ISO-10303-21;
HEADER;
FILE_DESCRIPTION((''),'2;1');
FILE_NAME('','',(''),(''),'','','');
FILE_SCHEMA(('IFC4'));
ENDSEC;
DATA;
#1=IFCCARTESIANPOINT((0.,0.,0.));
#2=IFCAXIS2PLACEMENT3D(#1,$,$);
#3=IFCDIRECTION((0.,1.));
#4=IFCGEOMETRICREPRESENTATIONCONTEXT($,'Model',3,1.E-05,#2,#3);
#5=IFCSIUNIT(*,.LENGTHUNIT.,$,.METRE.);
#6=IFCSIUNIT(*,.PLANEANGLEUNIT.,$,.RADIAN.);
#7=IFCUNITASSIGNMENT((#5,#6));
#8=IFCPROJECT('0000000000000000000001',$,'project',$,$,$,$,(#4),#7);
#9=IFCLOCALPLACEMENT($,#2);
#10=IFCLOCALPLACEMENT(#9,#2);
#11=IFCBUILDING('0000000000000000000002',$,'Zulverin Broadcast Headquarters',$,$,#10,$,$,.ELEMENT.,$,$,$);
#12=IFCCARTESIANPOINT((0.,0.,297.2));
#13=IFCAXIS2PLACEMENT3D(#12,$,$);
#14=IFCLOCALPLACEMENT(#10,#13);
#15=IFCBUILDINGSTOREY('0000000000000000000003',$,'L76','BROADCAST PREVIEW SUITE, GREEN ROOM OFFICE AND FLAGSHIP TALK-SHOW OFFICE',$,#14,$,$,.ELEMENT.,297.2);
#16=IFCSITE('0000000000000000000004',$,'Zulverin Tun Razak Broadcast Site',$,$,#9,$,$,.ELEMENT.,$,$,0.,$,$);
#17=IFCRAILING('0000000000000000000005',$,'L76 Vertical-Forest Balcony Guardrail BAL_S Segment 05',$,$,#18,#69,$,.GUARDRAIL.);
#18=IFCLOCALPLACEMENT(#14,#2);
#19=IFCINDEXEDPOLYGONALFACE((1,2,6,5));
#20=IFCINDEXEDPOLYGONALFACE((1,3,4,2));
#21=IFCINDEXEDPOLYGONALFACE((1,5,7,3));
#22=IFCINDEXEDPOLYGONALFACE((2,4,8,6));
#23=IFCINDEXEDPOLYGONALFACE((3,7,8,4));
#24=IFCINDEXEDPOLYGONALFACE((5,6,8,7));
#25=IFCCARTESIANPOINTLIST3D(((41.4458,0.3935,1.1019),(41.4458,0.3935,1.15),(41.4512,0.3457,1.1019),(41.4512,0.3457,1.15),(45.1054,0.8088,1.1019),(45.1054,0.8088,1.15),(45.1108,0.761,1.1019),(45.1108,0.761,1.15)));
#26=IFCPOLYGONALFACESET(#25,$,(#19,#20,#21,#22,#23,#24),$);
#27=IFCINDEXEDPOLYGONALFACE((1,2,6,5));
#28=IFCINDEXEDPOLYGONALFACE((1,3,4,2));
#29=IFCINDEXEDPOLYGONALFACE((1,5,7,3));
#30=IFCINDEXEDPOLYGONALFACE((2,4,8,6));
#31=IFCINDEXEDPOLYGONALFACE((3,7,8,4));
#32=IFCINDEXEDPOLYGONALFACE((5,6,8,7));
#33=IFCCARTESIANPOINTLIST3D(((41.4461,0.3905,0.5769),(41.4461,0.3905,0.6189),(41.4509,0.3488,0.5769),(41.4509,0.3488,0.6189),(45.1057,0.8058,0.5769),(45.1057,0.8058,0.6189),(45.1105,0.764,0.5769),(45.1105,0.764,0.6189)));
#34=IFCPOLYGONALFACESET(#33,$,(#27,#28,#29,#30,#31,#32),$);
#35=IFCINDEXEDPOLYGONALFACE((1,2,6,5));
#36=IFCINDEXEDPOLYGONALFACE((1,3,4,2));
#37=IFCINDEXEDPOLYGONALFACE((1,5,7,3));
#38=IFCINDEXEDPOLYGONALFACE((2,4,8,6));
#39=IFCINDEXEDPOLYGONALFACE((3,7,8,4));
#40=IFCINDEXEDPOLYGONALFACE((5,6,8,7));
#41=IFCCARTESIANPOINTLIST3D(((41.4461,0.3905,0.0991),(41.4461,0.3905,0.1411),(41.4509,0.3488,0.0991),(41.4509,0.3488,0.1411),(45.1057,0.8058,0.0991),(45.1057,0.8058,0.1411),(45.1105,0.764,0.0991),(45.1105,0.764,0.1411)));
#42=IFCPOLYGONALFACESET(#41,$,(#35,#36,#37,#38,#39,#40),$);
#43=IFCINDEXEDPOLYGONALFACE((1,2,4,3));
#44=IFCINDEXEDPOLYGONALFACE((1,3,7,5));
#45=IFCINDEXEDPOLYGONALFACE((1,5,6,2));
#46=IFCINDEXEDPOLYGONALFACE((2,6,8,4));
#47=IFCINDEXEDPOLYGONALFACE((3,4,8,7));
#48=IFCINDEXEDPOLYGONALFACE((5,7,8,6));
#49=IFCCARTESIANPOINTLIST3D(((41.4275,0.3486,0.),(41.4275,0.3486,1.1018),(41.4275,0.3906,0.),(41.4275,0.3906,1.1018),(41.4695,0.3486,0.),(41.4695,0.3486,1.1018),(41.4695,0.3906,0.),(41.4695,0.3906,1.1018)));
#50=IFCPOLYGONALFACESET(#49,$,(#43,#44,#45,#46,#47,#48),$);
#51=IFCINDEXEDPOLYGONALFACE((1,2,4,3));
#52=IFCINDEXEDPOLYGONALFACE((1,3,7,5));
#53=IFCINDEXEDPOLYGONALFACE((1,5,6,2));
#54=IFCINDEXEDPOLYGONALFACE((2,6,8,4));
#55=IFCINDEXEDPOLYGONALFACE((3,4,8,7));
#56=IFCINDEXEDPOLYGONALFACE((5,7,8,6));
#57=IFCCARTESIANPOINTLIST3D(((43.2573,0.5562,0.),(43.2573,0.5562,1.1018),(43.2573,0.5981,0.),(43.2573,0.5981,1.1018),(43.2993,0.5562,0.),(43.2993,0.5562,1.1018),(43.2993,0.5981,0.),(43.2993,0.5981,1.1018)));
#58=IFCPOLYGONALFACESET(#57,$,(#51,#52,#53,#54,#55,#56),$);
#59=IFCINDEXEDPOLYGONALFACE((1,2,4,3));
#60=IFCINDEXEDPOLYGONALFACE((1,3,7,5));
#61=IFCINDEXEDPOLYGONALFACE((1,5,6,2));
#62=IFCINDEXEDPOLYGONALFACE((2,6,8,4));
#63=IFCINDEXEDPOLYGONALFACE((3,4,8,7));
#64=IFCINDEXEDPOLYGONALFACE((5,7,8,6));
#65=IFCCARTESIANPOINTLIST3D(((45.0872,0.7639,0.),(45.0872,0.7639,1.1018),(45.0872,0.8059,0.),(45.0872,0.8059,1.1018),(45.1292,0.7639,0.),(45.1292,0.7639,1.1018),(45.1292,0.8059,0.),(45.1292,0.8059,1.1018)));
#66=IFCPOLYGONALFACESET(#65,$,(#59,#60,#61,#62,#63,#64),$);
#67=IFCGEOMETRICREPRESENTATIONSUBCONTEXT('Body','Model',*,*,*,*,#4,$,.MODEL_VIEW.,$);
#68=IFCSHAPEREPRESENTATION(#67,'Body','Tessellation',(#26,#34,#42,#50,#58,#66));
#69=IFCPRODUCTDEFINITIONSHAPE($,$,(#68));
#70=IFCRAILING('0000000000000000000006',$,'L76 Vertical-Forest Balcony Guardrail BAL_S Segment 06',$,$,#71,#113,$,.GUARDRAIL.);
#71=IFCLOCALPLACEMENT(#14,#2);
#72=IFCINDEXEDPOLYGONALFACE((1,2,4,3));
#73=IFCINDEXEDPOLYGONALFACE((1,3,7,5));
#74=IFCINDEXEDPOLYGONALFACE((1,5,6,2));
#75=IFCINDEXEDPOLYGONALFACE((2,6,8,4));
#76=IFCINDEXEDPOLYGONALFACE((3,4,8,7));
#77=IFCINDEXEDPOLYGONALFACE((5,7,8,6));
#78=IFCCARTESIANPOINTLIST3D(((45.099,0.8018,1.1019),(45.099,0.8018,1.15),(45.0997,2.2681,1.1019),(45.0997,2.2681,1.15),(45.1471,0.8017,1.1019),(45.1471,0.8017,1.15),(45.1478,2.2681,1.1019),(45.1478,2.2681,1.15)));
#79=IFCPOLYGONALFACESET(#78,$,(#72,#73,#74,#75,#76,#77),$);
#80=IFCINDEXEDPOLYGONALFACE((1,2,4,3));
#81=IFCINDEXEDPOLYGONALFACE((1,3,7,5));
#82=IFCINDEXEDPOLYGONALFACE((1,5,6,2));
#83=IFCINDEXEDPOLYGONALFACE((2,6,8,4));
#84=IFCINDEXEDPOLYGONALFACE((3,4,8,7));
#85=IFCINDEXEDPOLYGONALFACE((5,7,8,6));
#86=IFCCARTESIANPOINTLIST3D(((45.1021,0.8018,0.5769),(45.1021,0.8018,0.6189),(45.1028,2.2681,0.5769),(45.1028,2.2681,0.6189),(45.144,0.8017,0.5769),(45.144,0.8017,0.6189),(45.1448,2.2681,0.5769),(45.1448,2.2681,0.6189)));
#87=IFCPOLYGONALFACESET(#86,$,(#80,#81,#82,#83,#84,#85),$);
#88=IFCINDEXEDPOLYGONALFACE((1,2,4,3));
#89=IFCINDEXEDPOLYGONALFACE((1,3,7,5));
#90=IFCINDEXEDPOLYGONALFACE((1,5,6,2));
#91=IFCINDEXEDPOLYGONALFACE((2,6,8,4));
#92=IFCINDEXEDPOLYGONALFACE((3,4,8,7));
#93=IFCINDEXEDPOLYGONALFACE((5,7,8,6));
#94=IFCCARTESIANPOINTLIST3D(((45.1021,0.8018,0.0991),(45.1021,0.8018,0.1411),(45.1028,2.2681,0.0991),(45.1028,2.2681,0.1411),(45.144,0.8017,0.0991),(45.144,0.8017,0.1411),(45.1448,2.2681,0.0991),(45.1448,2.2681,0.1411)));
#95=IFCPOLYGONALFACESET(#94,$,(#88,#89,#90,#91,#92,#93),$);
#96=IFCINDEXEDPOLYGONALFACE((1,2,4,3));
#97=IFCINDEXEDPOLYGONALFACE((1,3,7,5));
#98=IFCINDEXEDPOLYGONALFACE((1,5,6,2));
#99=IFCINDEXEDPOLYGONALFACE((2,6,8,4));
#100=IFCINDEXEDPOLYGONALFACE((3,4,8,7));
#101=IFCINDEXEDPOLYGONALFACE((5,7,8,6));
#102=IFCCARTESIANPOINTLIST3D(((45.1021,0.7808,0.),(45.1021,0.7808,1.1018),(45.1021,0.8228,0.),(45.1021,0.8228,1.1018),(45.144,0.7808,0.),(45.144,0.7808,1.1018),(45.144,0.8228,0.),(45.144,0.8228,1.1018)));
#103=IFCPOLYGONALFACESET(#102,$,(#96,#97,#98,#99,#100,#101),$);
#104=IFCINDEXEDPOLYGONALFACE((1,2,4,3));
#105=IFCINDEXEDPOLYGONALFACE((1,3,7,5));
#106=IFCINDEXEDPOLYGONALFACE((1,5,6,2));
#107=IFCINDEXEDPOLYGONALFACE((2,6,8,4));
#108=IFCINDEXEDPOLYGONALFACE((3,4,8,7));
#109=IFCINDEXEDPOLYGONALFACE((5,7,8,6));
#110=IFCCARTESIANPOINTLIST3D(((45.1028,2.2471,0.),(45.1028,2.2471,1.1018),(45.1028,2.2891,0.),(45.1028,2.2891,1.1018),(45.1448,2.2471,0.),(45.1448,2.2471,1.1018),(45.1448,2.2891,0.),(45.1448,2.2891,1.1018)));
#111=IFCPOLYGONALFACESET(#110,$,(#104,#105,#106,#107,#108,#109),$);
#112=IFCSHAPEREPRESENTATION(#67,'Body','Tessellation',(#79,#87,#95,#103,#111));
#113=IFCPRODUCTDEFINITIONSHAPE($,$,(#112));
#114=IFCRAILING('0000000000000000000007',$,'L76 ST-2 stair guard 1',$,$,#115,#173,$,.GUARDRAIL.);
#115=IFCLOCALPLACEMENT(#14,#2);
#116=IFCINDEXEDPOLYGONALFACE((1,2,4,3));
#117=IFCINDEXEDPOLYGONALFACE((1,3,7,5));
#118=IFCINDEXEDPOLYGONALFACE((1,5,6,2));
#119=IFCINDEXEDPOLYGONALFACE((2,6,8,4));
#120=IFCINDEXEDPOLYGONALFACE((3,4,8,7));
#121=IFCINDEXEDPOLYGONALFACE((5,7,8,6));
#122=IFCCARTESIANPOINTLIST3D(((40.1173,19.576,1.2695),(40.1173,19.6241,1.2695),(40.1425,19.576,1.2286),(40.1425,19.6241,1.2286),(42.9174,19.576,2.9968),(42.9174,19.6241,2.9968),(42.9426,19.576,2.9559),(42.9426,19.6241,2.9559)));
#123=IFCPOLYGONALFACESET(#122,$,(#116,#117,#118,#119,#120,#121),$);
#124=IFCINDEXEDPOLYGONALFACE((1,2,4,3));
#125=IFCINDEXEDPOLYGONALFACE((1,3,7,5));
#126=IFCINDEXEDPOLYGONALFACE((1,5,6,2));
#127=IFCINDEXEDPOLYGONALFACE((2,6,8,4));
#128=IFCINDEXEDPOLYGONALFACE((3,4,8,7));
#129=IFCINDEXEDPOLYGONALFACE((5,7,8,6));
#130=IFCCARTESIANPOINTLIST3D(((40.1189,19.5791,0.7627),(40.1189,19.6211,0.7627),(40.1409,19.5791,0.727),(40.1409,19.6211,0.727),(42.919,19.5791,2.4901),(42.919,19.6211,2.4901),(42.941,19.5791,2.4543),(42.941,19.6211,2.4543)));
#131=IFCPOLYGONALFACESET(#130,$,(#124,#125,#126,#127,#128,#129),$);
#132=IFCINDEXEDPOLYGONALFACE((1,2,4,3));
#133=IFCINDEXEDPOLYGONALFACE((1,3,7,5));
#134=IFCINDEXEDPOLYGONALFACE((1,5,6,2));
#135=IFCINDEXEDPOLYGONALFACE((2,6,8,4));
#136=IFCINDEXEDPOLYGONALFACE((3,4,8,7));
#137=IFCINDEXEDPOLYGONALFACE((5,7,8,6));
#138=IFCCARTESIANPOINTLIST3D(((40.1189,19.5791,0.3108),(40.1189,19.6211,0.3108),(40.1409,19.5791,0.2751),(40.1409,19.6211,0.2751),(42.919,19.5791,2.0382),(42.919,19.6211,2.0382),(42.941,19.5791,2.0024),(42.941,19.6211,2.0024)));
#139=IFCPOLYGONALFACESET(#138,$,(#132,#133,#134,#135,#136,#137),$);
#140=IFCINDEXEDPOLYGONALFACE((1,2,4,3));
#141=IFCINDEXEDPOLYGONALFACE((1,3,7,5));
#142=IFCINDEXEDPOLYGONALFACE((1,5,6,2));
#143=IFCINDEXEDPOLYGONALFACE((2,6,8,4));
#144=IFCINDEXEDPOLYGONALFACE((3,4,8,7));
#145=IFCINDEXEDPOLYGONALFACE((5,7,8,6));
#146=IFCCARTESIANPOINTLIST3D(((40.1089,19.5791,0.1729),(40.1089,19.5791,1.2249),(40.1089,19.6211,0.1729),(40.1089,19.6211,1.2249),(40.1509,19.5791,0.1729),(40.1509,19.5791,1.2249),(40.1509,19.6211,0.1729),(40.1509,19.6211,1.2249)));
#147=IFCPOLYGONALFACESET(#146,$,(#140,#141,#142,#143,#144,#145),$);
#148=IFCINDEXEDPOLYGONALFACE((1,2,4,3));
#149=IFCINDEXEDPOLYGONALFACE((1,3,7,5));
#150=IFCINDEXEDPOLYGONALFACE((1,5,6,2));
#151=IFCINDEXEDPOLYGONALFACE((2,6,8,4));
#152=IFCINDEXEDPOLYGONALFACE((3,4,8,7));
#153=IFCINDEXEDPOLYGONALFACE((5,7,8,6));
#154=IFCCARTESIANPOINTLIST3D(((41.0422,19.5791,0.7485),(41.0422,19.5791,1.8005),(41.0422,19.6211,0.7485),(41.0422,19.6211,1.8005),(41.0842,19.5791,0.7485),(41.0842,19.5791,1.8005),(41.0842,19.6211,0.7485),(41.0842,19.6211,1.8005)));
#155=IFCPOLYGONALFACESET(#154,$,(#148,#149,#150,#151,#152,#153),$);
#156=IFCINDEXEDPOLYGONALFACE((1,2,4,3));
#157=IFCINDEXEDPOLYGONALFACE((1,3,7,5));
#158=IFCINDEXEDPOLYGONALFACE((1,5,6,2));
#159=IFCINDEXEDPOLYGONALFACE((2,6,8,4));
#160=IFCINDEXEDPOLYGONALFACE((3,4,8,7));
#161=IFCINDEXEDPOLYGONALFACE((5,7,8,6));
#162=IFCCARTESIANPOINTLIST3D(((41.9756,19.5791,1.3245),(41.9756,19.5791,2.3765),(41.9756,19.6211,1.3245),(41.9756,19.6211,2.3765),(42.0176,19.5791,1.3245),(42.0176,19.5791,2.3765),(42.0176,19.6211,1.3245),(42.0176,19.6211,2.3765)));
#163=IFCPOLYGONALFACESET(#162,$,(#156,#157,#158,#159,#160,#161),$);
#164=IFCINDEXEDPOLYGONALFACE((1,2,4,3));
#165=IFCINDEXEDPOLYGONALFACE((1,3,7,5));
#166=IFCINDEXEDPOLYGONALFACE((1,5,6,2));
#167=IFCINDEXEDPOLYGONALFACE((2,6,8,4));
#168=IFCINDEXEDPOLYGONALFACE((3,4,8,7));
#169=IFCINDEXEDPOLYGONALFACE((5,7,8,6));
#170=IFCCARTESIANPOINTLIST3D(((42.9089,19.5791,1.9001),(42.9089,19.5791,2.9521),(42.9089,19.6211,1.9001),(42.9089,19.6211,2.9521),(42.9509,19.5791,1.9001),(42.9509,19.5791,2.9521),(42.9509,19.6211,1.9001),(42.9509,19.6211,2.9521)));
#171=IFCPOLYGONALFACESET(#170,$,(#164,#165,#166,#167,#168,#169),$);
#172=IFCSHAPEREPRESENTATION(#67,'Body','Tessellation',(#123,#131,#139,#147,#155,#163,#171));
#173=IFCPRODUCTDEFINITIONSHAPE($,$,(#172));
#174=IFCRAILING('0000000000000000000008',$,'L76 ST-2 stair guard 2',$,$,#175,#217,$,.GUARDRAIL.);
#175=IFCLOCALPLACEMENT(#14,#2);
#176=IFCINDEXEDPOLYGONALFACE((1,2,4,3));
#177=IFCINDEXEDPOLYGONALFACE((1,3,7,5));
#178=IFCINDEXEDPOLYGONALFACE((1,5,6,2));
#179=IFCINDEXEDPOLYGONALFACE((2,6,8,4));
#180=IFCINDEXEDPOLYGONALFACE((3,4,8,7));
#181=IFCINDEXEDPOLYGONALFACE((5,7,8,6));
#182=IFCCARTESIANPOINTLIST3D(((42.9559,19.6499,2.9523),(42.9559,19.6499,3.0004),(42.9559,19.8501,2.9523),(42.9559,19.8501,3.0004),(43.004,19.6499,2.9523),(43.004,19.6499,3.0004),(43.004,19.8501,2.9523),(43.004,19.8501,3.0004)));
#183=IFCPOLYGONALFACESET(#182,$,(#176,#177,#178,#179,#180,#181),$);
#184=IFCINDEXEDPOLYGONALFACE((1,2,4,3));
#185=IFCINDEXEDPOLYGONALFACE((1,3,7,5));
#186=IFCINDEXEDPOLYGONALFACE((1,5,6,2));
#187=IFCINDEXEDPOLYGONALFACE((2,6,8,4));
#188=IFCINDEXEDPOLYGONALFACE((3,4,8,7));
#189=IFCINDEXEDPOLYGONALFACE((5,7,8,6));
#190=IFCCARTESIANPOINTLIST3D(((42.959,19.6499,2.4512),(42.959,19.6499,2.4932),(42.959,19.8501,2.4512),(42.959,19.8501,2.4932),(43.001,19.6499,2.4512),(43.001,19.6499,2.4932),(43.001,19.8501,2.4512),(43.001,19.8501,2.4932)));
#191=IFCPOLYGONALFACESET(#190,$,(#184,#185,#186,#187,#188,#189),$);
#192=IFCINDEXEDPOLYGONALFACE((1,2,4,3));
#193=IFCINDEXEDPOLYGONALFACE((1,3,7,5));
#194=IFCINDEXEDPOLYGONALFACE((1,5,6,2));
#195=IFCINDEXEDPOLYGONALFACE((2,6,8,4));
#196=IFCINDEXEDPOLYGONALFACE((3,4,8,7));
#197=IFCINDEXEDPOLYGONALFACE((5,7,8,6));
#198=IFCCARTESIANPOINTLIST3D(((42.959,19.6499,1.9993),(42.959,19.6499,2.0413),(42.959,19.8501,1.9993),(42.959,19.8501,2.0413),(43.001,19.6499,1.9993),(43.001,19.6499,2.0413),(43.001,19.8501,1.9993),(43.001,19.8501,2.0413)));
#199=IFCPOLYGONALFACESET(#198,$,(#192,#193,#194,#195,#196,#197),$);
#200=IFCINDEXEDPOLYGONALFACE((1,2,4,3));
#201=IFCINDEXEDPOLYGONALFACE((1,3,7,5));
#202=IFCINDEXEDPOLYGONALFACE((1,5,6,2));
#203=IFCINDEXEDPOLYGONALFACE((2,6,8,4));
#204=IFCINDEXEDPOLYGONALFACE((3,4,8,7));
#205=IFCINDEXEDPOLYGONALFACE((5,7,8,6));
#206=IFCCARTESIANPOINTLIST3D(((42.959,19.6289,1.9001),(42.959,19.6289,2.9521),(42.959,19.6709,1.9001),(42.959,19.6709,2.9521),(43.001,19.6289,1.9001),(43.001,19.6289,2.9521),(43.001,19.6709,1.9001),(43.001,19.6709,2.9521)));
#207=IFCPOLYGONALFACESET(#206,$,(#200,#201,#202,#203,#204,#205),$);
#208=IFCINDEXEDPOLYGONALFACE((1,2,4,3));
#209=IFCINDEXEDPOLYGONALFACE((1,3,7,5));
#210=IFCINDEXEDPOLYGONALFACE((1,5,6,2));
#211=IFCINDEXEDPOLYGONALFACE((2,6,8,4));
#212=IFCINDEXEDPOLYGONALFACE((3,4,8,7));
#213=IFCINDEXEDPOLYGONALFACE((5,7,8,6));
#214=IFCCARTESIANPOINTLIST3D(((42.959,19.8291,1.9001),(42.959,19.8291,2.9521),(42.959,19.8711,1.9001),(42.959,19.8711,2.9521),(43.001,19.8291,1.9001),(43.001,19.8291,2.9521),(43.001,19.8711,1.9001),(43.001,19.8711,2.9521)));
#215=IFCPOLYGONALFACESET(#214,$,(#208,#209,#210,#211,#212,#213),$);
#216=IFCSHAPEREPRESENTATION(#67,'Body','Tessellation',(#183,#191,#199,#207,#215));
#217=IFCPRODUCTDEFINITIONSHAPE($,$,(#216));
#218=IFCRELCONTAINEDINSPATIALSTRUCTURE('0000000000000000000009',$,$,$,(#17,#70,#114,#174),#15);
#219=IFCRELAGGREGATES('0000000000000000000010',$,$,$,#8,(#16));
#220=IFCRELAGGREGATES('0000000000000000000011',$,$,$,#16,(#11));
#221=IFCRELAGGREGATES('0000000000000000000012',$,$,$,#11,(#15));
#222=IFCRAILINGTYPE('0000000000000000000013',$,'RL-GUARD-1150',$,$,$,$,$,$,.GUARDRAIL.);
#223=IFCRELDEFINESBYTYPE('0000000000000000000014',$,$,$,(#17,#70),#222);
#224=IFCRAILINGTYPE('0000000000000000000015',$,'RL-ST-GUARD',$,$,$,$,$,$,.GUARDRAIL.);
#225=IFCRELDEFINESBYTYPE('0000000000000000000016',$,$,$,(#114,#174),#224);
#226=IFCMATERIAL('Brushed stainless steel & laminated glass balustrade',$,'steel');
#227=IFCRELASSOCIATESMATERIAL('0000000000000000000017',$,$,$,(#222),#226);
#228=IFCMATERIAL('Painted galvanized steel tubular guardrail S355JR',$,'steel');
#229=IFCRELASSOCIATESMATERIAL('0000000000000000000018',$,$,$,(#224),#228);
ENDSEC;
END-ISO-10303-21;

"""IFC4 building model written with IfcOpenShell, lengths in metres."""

from ifc_helpers import new_model, si_unit, direction, frame, origin, origin_2d, place, context, subcontext, project, spatial, rectangle, extrude, material, type_object, element, save


model = new_model("IFC4")

# Units and contexts
model_context = context("Model", 3, precision=1e-05, world=origin(), true_north=direction((0.0, 1.0)))
body_context = subcontext(model_context, "Body", "Model", "MODEL_VIEW")
ifc_project = project(units=[si_unit("LENGTHUNIT", "METRE"), si_unit("PLANEANGLEUNIT", "RADIAN")], contexts=[model_context])

# Site, building, storey
site_placement = place(None, origin())
site = spatial("IfcSite", under=ifc_project, at=site_placement, Name="Zulverin Tun Razak Broadcast Site", CompositionType="ELEMENT", RefElevation=0.0)
building_placement = place(site_placement, origin())
building = spatial("IfcBuilding", under=site, at=building_placement, Name="Zulverin Broadcast Headquarters", CompositionType="ELEMENT")
storey_placement = place(building_placement, frame((0.0, 0.0, 297.2)))
storey = spatial("IfcBuildingStorey", under=building, at=storey_placement, Name="L76", Description="BROADCAST PREVIEW SUITE, GREEN ROOM OFFICE AND FLAGSHIP TALK-SHOW OFFICE", CompositionType="ELEMENT", Elevation=297.2)

# Railings
ifc_material_1 = material(Name="Brushed stainless steel & laminated glass balustrade", Category="steel")
railing_type_1 = type_object("IfcRailingType", Name="RL-GUARD-1150", PredefinedType="GUARDRAIL", material=ifc_material_1)
railing_1_placement = place(storey_placement, frame((41.4485, 0.3696, 0.0)))
element("IfcRailing", 1, at=railing_1_placement, inside=storey, type_object=railing_type_1, Name="L76 Vertical-Forest Balcony Guardrail BAL_S Segment 05", PredefinedType="GUARDRAIL", context=body_context, shape_type="SweptSolid", body=[
    extrude(rectangle(XDim=0.0481, YDim=0.0481, at=origin_2d()), frame((0.0, 0.0, 1.126), z_axis=(0.993623, 0.112752, 0.0), x_axis=(-0.112752, 0.993623, 0.0)), (0.0, 0.0, 1.0), 3.6831),
    extrude(rectangle(XDim=0.042, YDim=0.042, at=origin_2d()), frame((0.0, 0.0, 0.5979), z_axis=(0.993623, 0.112752, 0.0), x_axis=(-0.112752, 0.993623, 0.0)), (0.0, 0.0, 1.0), 3.6831),
    extrude(rectangle(XDim=0.042, YDim=0.042, at=origin_2d()), frame((0.0, 0.0, 0.1201), z_axis=(0.993623, 0.112752, 0.0), x_axis=(-0.112752, 0.993623, 0.0)), (0.0, 0.0, 1.0), 3.6831),
    extrude(rectangle(XDim=0.042, YDim=0.042, at=origin_2d()), origin(), (0.0, 0.0, 1.0), 1.1018),
    extrude(rectangle(XDim=0.042, YDim=0.042, at=origin_2d()), frame((1.8298, 0.2075, 0.0)), (0.0, 0.0, 1.0), 1.1018),
    extrude(rectangle(XDim=0.042, YDim=0.042, at=origin_2d()), frame((3.6597, 0.4153, 0.0)), (0.0, 0.0, 1.0), 1.1018),
])
railing_2_placement = place(storey_placement, frame((45.123, 0.8018, 0.0)))
element("IfcRailing", 2, at=railing_2_placement, inside=storey, type_object=railing_type_1, Name="L76 Vertical-Forest Balcony Guardrail BAL_S Segment 06", PredefinedType="GUARDRAIL", context=body_context, shape_type="SweptSolid", body=[
    extrude(rectangle(XDim=0.0481, YDim=0.0481, at=origin_2d()), frame((0.0, 0.0, 1.126), z_axis=(0.0005, 1.0, 0.0), x_axis=(-1.0, 0.0005, 0.0)), (0.0, 0.0, 1.0), 1.4663),
    extrude(rectangle(XDim=0.042, YDim=0.042, at=origin_2d()), frame((0.0, 0.0, 0.5979), z_axis=(0.0005, 1.0, 0.0), x_axis=(-1.0, 0.0005, 0.0)), (0.0, 0.0, 1.0), 1.4663),
    extrude(rectangle(XDim=0.042, YDim=0.042, at=origin_2d()), frame((0.0, 0.0, 0.1201), z_axis=(0.0005, 1.0, 0.0), x_axis=(-1.0, 0.0005, 0.0)), (0.0, 0.0, 1.0), 1.4663),
    extrude(rectangle(XDim=0.042, YDim=0.042, at=origin_2d()), origin(), (0.0, 0.0, 1.0), 1.1018),
    extrude(rectangle(XDim=0.042, YDim=0.042, at=origin_2d()), frame((0.0007, 1.4663, 0.0)), (0.0, 0.0, 1.0), 1.1018),
])
ifc_material_2 = material(Name="Painted galvanized steel tubular guardrail S355JR", Category="steel")
railing_type_2 = type_object("IfcRailingType", Name="RL-ST-GUARD", PredefinedType="GUARDRAIL", material=ifc_material_2)
railing_3_placement = place(storey_placement, frame((40.1299, 19.6001, 0.1729)))
element("IfcRailing", 3, at=railing_3_placement, inside=storey, type_object=railing_type_2, Name="L76 ST-2 stair guard 1", PredefinedType="GUARDRAIL", context=body_context, shape_type="SweptSolid", body=[
    extrude(rectangle(XDim=0.0481, YDim=0.0481, at=origin_2d()), frame((0.0, 0.0, 1.0762), z_axis=(0.85109, 0.0, 0.52502), x_axis=(0.0, 1.0, 0.0)), (0.0, 0.0, 1.0), 3.29),
    extrude(rectangle(XDim=0.042, YDim=0.042, at=origin_2d()), frame((0.0, 0.0, 0.572), z_axis=(0.85109, 0.0, 0.52502), x_axis=(0.0, 1.0, 0.0)), (0.0, 0.0, 1.0), 3.29),
    extrude(rectangle(XDim=0.042, YDim=0.042, at=origin_2d()), frame((0.0, 0.0, 0.1201), z_axis=(0.85109, 0.0, 0.52502), x_axis=(0.0, 1.0, 0.0)), (0.0, 0.0, 1.0), 3.29),
    extrude(rectangle(XDim=0.042, YDim=0.042, at=origin_2d()), origin(), (0.0, 0.0, 1.0), 1.052),
    extrude(rectangle(XDim=0.042, YDim=0.042, at=origin_2d()), frame((0.9333, 0.0, 0.5757)), (0.0, 0.0, 1.0), 1.052),
    extrude(rectangle(XDim=0.042, YDim=0.042, at=origin_2d()), frame((1.8667, 0.0, 1.1516)), (0.0, 0.0, 1.0), 1.052),
    extrude(rectangle(XDim=0.042, YDim=0.042, at=origin_2d()), frame((2.8, 0.0, 1.7273)), (0.0, 0.0, 1.0), 1.052),
])
railing_4_placement = place(storey_placement, frame((42.98, 19.6499, 1.9001)))
element("IfcRailing", 4, at=railing_4_placement, inside=storey, type_object=railing_type_2, Name="L76 ST-2 stair guard 2", PredefinedType="GUARDRAIL", context=body_context, shape_type="SweptSolid", body=[
    extrude(rectangle(XDim=0.0481, YDim=0.0481, at=origin_2d()), frame((0.0, 0.0, 1.0762), z_axis=(0.0, 1.0, 0.0), x_axis=(-1.0, 0.0, 0.0)), (0.0, 0.0, 1.0), 0.2002),
    extrude(rectangle(XDim=0.042, YDim=0.042, at=origin_2d()), frame((0.0, 0.0, 0.572), z_axis=(0.0, 1.0, 0.0), x_axis=(-1.0, 0.0, 0.0)), (0.0, 0.0, 1.0), 0.2002),
    extrude(rectangle(XDim=0.042, YDim=0.042, at=origin_2d()), frame((0.0, 0.0, 0.1201), z_axis=(0.0, 1.0, 0.0), x_axis=(-1.0, 0.0, 0.0)), (0.0, 0.0, 1.0), 0.2002),
    extrude(rectangle(XDim=0.042, YDim=0.042, at=origin_2d()), origin(), (0.0, 0.0, 1.0), 1.052),
    extrude(rectangle(XDim=0.042, YDim=0.042, at=origin_2d()), frame((0.0, 0.2002, 0.0)), (0.0, 0.0, 1.0), 1.052),
])

save(model, "model.ifc")
